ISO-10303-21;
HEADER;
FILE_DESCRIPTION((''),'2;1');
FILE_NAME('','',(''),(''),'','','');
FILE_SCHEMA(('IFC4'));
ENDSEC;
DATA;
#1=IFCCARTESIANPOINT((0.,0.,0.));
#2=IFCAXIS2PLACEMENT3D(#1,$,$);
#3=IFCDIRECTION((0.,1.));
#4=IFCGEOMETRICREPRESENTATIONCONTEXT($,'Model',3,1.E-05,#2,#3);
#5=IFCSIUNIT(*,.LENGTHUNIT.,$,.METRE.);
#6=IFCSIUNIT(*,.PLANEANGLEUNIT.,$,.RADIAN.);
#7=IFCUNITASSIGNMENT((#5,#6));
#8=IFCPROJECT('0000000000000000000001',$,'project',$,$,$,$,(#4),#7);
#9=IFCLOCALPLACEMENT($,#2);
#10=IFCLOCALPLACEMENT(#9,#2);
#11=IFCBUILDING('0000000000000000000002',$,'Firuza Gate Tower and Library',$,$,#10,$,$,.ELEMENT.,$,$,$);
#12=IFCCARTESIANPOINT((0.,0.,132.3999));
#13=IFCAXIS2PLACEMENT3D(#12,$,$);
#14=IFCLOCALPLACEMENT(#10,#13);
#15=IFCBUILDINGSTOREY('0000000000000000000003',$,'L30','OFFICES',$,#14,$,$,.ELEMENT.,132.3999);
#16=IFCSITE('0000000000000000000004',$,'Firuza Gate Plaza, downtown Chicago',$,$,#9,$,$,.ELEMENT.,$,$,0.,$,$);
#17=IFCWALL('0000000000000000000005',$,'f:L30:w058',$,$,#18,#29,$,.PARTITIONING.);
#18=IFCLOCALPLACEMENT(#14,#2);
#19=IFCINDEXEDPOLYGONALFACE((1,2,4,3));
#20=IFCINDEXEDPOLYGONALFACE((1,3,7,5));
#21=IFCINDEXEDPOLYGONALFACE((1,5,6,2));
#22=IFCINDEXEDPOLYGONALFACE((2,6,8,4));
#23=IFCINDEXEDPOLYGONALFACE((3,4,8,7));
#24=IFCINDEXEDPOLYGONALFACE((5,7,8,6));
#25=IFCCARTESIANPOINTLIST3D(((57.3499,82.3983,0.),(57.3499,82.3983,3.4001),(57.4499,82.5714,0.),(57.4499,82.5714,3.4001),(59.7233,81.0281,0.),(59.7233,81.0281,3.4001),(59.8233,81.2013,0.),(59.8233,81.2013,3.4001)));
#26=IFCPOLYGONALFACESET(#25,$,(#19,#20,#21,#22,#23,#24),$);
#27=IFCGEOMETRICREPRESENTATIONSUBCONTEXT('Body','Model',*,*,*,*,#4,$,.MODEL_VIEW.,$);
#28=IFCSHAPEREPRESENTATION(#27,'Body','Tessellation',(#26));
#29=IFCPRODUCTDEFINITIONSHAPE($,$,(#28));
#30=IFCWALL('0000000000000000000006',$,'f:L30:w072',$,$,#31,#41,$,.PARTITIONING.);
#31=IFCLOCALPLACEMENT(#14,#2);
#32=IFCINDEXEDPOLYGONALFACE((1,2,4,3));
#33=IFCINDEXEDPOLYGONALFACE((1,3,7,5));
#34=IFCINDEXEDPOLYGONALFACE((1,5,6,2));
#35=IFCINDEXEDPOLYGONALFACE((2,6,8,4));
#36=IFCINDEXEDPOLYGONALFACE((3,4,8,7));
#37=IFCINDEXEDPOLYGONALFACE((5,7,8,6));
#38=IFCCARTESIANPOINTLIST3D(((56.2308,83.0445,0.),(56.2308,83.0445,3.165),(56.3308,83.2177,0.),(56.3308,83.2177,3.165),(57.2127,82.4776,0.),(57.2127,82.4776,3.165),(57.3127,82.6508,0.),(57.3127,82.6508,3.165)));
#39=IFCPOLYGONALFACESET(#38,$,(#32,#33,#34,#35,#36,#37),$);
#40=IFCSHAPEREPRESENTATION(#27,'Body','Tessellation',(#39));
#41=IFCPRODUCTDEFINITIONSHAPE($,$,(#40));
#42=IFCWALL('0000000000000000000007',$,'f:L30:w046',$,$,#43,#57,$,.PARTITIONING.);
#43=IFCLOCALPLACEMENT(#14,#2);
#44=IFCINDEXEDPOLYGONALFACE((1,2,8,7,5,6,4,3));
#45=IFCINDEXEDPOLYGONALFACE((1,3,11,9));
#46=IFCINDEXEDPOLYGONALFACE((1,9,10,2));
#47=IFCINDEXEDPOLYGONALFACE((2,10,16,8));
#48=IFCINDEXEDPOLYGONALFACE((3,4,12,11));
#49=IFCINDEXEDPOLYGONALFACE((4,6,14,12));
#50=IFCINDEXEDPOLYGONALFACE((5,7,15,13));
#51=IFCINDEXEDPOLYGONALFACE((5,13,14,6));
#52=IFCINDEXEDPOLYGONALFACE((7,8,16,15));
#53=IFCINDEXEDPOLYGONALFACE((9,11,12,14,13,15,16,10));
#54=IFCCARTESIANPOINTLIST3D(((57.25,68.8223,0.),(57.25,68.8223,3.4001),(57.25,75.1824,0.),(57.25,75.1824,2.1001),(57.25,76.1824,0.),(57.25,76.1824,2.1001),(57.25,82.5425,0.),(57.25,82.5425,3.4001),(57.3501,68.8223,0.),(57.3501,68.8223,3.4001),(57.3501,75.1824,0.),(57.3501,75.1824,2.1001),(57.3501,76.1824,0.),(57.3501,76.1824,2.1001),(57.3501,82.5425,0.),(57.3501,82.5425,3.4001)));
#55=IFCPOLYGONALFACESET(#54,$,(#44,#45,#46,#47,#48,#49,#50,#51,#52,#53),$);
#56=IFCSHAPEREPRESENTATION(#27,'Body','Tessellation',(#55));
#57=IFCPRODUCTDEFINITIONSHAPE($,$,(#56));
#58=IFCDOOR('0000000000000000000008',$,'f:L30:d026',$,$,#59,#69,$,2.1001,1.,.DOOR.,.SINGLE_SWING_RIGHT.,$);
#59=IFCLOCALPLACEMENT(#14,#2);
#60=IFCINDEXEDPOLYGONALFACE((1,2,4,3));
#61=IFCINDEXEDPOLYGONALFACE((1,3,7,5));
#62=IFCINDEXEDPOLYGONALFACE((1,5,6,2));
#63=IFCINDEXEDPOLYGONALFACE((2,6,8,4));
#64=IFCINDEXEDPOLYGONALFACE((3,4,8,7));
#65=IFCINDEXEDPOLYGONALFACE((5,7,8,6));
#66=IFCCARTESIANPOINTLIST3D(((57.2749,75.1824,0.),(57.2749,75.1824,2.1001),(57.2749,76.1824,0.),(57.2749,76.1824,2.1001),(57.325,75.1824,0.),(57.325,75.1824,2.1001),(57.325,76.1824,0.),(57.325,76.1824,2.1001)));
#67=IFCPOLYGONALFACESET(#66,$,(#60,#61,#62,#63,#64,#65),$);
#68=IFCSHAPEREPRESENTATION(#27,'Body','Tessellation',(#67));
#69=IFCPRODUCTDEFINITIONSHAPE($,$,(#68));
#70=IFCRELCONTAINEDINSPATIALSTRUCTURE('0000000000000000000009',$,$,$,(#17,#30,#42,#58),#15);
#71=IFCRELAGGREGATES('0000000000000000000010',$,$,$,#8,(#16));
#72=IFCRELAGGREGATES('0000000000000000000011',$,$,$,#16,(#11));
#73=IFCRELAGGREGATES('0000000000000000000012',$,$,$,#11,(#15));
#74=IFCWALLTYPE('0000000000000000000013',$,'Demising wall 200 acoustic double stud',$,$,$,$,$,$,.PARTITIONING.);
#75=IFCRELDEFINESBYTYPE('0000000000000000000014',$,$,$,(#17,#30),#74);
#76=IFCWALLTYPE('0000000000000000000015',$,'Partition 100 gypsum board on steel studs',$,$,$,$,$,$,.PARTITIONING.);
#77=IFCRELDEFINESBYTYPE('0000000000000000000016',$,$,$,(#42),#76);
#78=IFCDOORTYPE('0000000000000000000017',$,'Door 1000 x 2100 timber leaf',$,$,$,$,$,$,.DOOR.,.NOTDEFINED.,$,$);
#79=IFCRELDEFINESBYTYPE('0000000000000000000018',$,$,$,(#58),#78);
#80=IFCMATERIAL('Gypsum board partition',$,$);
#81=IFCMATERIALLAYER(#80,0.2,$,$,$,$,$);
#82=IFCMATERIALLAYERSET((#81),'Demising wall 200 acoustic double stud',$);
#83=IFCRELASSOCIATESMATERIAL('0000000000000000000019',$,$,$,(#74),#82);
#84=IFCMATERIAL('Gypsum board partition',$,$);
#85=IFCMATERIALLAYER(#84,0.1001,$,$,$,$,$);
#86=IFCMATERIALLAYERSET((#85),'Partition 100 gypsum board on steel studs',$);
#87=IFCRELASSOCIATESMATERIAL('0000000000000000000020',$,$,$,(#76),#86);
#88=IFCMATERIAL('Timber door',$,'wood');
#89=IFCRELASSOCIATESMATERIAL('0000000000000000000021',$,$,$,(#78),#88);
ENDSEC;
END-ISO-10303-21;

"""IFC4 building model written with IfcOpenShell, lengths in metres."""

from ifc_helpers import new_model, si_unit, direction, frame, frame_2d, origin, place, context, subcontext, project, spatial, rectangle, extrude, material, layer, layer_set, type_object, element, fill, save


model = new_model("IFC4")

# Units and contexts
model_context = context("Model", 3, precision=1e-05, world=origin(), true_north=direction((0.0, 1.0)))
body_context = subcontext(model_context, "Body", "Model", "MODEL_VIEW")
ifc_project = project(units=[si_unit("LENGTHUNIT", "METRE"), si_unit("PLANEANGLEUNIT", "RADIAN")], contexts=[model_context])

# Site, building, storey
site_placement = place(None, origin())
site = spatial("IfcSite", under=ifc_project, at=site_placement, Name="Firuza Gate Plaza, downtown Chicago", CompositionType="ELEMENT", RefElevation=0.0)
building_placement = place(site_placement, origin())
building = spatial("IfcBuilding", under=site, at=building_placement, Name="Firuza Gate Tower and Library", CompositionType="ELEMENT")
storey_placement = place(building_placement, frame((0.0, 0.0, 132.3999)))
storey = spatial("IfcBuildingStorey", under=building, at=storey_placement, Name="L30", Description="OFFICES", CompositionType="ELEMENT", Elevation=132.3999)

# Walls
ifc_material_1 = material(Name="Gypsum board partition")
ifc_layer_1 = layer(ifc_material_1, 0.2)
ifc_layer_set_1 = layer_set([ifc_layer_1], Name="Demising wall 200 acoustic double stud")
wall_type_1 = type_object("IfcWallType", Name="Demising wall 200 acoustic double stud", PredefinedType="PARTITIONING", material=ifc_layer_set_1)
wall_1_placement = place(storey_placement, frame((59.7732, 81.1147, 0.0), z_axis=(0.0, 0.0, 1.0), x_axis=(-0.866042, 0.499972, 0.0)))
element("IfcWall", 1, at=wall_1_placement, inside=storey, type_object=wall_type_1, Name="f:L30:w058", PredefinedType="PARTITIONING", context=body_context, shape_type="SweptSolid", body=[
    extrude(rectangle(XDim=2.7405, YDim=0.2, at=frame_2d((1.3701, 0.0))), origin(), (0.0, 0.0, 1.0), 3.4001),
])
wall_2_placement = place(storey_placement, frame((57.2627, 82.5642, 0.0), z_axis=(0.0, 0.0, 1.0), x_axis=(-0.866035, 0.499983, 0.0)))
element("IfcWall", 2, at=wall_2_placement, inside=storey, type_object=wall_type_1, Name="f:L30:w072", PredefinedType="PARTITIONING", context=body_context, shape_type="SweptSolid", body=[
    extrude(rectangle(XDim=1.1338, YDim=0.2, at=frame_2d((0.5669, 0.0))), origin(), (0.0, 0.0, 1.0), 3.165),
])

# Wall, opening, door
ifc_material_2 = material(Name="Gypsum board partition")
ifc_layer_2 = layer(ifc_material_2, 0.1001)
ifc_layer_set_2 = layer_set([ifc_layer_2], Name="Partition 100 gypsum board on steel studs")
wall_type_2 = type_object("IfcWallType", Name="Partition 100 gypsum board on steel studs", PredefinedType="PARTITIONING", material=ifc_layer_set_2)
wall_3_placement = place(storey_placement, frame((57.3, 82.5425, 0.0), z_axis=(0.0, 0.0, 1.0), x_axis=(0.0, -1.0, 0.0)))
wall_3 = element("IfcWall", 3, at=wall_3_placement, inside=storey, type_object=wall_type_2, Name="f:L30:w046", PredefinedType="PARTITIONING", context=body_context, shape_type="SweptSolid", body=[
    extrude(rectangle(XDim=13.7202, YDim=0.1001, at=frame_2d((6.8601, 0.0))), origin(), (0.0, 0.0, 1.0), 3.4001),
])
opening_1_placement = place(wall_3_placement, frame((6.3601, 0.0, 0.0)))
opening_1 = element("IfcOpeningElement", 4, at=opening_1_placement, cuts=wall_3, PredefinedType="OPENING", context=body_context, shape_type="SweptSolid", body=[
    extrude(rectangle(XDim=1.0, YDim=2.1001, at=frame_2d((0.5, 1.05))), frame((0.0, 0.0601, 0.0), z_axis=(0.0, -1.0, 0.0), x_axis=(1.0, 0.0, 0.0)), (0.0, 0.0, 1.0), 0.1201),
])
ifc_material_3 = material(Name="Timber door", Category="wood")
door_type_1 = type_object("IfcDoorType", Name="Door 1000 x 2100 timber leaf", OperationType="NOTDEFINED", PredefinedType="DOOR", material=ifc_material_3)
door_1_placement = place(opening_1_placement, origin())
door_1 = element("IfcDoor", 5, at=door_1_placement, inside=storey, type_object=door_type_1, Name="f:L30:d026", OperationType="SINGLE_SWING_RIGHT", OverallHeight=2.1001, OverallWidth=1.0, PredefinedType="DOOR", context=body_context, shape_type="SweptSolid", body=[
    extrude(rectangle(XDim=1.0, YDim=2.1001, at=frame_2d((0.5, 1.05))), frame((0.0, 0.0249, 0.0), z_axis=(0.0, -1.0, 0.0), x_axis=(1.0, 0.0, 0.0)), (0.0, 0.0, 1.0), 0.05),
])
fill(opening_1, door_1)

save(model, "model.ifc")
